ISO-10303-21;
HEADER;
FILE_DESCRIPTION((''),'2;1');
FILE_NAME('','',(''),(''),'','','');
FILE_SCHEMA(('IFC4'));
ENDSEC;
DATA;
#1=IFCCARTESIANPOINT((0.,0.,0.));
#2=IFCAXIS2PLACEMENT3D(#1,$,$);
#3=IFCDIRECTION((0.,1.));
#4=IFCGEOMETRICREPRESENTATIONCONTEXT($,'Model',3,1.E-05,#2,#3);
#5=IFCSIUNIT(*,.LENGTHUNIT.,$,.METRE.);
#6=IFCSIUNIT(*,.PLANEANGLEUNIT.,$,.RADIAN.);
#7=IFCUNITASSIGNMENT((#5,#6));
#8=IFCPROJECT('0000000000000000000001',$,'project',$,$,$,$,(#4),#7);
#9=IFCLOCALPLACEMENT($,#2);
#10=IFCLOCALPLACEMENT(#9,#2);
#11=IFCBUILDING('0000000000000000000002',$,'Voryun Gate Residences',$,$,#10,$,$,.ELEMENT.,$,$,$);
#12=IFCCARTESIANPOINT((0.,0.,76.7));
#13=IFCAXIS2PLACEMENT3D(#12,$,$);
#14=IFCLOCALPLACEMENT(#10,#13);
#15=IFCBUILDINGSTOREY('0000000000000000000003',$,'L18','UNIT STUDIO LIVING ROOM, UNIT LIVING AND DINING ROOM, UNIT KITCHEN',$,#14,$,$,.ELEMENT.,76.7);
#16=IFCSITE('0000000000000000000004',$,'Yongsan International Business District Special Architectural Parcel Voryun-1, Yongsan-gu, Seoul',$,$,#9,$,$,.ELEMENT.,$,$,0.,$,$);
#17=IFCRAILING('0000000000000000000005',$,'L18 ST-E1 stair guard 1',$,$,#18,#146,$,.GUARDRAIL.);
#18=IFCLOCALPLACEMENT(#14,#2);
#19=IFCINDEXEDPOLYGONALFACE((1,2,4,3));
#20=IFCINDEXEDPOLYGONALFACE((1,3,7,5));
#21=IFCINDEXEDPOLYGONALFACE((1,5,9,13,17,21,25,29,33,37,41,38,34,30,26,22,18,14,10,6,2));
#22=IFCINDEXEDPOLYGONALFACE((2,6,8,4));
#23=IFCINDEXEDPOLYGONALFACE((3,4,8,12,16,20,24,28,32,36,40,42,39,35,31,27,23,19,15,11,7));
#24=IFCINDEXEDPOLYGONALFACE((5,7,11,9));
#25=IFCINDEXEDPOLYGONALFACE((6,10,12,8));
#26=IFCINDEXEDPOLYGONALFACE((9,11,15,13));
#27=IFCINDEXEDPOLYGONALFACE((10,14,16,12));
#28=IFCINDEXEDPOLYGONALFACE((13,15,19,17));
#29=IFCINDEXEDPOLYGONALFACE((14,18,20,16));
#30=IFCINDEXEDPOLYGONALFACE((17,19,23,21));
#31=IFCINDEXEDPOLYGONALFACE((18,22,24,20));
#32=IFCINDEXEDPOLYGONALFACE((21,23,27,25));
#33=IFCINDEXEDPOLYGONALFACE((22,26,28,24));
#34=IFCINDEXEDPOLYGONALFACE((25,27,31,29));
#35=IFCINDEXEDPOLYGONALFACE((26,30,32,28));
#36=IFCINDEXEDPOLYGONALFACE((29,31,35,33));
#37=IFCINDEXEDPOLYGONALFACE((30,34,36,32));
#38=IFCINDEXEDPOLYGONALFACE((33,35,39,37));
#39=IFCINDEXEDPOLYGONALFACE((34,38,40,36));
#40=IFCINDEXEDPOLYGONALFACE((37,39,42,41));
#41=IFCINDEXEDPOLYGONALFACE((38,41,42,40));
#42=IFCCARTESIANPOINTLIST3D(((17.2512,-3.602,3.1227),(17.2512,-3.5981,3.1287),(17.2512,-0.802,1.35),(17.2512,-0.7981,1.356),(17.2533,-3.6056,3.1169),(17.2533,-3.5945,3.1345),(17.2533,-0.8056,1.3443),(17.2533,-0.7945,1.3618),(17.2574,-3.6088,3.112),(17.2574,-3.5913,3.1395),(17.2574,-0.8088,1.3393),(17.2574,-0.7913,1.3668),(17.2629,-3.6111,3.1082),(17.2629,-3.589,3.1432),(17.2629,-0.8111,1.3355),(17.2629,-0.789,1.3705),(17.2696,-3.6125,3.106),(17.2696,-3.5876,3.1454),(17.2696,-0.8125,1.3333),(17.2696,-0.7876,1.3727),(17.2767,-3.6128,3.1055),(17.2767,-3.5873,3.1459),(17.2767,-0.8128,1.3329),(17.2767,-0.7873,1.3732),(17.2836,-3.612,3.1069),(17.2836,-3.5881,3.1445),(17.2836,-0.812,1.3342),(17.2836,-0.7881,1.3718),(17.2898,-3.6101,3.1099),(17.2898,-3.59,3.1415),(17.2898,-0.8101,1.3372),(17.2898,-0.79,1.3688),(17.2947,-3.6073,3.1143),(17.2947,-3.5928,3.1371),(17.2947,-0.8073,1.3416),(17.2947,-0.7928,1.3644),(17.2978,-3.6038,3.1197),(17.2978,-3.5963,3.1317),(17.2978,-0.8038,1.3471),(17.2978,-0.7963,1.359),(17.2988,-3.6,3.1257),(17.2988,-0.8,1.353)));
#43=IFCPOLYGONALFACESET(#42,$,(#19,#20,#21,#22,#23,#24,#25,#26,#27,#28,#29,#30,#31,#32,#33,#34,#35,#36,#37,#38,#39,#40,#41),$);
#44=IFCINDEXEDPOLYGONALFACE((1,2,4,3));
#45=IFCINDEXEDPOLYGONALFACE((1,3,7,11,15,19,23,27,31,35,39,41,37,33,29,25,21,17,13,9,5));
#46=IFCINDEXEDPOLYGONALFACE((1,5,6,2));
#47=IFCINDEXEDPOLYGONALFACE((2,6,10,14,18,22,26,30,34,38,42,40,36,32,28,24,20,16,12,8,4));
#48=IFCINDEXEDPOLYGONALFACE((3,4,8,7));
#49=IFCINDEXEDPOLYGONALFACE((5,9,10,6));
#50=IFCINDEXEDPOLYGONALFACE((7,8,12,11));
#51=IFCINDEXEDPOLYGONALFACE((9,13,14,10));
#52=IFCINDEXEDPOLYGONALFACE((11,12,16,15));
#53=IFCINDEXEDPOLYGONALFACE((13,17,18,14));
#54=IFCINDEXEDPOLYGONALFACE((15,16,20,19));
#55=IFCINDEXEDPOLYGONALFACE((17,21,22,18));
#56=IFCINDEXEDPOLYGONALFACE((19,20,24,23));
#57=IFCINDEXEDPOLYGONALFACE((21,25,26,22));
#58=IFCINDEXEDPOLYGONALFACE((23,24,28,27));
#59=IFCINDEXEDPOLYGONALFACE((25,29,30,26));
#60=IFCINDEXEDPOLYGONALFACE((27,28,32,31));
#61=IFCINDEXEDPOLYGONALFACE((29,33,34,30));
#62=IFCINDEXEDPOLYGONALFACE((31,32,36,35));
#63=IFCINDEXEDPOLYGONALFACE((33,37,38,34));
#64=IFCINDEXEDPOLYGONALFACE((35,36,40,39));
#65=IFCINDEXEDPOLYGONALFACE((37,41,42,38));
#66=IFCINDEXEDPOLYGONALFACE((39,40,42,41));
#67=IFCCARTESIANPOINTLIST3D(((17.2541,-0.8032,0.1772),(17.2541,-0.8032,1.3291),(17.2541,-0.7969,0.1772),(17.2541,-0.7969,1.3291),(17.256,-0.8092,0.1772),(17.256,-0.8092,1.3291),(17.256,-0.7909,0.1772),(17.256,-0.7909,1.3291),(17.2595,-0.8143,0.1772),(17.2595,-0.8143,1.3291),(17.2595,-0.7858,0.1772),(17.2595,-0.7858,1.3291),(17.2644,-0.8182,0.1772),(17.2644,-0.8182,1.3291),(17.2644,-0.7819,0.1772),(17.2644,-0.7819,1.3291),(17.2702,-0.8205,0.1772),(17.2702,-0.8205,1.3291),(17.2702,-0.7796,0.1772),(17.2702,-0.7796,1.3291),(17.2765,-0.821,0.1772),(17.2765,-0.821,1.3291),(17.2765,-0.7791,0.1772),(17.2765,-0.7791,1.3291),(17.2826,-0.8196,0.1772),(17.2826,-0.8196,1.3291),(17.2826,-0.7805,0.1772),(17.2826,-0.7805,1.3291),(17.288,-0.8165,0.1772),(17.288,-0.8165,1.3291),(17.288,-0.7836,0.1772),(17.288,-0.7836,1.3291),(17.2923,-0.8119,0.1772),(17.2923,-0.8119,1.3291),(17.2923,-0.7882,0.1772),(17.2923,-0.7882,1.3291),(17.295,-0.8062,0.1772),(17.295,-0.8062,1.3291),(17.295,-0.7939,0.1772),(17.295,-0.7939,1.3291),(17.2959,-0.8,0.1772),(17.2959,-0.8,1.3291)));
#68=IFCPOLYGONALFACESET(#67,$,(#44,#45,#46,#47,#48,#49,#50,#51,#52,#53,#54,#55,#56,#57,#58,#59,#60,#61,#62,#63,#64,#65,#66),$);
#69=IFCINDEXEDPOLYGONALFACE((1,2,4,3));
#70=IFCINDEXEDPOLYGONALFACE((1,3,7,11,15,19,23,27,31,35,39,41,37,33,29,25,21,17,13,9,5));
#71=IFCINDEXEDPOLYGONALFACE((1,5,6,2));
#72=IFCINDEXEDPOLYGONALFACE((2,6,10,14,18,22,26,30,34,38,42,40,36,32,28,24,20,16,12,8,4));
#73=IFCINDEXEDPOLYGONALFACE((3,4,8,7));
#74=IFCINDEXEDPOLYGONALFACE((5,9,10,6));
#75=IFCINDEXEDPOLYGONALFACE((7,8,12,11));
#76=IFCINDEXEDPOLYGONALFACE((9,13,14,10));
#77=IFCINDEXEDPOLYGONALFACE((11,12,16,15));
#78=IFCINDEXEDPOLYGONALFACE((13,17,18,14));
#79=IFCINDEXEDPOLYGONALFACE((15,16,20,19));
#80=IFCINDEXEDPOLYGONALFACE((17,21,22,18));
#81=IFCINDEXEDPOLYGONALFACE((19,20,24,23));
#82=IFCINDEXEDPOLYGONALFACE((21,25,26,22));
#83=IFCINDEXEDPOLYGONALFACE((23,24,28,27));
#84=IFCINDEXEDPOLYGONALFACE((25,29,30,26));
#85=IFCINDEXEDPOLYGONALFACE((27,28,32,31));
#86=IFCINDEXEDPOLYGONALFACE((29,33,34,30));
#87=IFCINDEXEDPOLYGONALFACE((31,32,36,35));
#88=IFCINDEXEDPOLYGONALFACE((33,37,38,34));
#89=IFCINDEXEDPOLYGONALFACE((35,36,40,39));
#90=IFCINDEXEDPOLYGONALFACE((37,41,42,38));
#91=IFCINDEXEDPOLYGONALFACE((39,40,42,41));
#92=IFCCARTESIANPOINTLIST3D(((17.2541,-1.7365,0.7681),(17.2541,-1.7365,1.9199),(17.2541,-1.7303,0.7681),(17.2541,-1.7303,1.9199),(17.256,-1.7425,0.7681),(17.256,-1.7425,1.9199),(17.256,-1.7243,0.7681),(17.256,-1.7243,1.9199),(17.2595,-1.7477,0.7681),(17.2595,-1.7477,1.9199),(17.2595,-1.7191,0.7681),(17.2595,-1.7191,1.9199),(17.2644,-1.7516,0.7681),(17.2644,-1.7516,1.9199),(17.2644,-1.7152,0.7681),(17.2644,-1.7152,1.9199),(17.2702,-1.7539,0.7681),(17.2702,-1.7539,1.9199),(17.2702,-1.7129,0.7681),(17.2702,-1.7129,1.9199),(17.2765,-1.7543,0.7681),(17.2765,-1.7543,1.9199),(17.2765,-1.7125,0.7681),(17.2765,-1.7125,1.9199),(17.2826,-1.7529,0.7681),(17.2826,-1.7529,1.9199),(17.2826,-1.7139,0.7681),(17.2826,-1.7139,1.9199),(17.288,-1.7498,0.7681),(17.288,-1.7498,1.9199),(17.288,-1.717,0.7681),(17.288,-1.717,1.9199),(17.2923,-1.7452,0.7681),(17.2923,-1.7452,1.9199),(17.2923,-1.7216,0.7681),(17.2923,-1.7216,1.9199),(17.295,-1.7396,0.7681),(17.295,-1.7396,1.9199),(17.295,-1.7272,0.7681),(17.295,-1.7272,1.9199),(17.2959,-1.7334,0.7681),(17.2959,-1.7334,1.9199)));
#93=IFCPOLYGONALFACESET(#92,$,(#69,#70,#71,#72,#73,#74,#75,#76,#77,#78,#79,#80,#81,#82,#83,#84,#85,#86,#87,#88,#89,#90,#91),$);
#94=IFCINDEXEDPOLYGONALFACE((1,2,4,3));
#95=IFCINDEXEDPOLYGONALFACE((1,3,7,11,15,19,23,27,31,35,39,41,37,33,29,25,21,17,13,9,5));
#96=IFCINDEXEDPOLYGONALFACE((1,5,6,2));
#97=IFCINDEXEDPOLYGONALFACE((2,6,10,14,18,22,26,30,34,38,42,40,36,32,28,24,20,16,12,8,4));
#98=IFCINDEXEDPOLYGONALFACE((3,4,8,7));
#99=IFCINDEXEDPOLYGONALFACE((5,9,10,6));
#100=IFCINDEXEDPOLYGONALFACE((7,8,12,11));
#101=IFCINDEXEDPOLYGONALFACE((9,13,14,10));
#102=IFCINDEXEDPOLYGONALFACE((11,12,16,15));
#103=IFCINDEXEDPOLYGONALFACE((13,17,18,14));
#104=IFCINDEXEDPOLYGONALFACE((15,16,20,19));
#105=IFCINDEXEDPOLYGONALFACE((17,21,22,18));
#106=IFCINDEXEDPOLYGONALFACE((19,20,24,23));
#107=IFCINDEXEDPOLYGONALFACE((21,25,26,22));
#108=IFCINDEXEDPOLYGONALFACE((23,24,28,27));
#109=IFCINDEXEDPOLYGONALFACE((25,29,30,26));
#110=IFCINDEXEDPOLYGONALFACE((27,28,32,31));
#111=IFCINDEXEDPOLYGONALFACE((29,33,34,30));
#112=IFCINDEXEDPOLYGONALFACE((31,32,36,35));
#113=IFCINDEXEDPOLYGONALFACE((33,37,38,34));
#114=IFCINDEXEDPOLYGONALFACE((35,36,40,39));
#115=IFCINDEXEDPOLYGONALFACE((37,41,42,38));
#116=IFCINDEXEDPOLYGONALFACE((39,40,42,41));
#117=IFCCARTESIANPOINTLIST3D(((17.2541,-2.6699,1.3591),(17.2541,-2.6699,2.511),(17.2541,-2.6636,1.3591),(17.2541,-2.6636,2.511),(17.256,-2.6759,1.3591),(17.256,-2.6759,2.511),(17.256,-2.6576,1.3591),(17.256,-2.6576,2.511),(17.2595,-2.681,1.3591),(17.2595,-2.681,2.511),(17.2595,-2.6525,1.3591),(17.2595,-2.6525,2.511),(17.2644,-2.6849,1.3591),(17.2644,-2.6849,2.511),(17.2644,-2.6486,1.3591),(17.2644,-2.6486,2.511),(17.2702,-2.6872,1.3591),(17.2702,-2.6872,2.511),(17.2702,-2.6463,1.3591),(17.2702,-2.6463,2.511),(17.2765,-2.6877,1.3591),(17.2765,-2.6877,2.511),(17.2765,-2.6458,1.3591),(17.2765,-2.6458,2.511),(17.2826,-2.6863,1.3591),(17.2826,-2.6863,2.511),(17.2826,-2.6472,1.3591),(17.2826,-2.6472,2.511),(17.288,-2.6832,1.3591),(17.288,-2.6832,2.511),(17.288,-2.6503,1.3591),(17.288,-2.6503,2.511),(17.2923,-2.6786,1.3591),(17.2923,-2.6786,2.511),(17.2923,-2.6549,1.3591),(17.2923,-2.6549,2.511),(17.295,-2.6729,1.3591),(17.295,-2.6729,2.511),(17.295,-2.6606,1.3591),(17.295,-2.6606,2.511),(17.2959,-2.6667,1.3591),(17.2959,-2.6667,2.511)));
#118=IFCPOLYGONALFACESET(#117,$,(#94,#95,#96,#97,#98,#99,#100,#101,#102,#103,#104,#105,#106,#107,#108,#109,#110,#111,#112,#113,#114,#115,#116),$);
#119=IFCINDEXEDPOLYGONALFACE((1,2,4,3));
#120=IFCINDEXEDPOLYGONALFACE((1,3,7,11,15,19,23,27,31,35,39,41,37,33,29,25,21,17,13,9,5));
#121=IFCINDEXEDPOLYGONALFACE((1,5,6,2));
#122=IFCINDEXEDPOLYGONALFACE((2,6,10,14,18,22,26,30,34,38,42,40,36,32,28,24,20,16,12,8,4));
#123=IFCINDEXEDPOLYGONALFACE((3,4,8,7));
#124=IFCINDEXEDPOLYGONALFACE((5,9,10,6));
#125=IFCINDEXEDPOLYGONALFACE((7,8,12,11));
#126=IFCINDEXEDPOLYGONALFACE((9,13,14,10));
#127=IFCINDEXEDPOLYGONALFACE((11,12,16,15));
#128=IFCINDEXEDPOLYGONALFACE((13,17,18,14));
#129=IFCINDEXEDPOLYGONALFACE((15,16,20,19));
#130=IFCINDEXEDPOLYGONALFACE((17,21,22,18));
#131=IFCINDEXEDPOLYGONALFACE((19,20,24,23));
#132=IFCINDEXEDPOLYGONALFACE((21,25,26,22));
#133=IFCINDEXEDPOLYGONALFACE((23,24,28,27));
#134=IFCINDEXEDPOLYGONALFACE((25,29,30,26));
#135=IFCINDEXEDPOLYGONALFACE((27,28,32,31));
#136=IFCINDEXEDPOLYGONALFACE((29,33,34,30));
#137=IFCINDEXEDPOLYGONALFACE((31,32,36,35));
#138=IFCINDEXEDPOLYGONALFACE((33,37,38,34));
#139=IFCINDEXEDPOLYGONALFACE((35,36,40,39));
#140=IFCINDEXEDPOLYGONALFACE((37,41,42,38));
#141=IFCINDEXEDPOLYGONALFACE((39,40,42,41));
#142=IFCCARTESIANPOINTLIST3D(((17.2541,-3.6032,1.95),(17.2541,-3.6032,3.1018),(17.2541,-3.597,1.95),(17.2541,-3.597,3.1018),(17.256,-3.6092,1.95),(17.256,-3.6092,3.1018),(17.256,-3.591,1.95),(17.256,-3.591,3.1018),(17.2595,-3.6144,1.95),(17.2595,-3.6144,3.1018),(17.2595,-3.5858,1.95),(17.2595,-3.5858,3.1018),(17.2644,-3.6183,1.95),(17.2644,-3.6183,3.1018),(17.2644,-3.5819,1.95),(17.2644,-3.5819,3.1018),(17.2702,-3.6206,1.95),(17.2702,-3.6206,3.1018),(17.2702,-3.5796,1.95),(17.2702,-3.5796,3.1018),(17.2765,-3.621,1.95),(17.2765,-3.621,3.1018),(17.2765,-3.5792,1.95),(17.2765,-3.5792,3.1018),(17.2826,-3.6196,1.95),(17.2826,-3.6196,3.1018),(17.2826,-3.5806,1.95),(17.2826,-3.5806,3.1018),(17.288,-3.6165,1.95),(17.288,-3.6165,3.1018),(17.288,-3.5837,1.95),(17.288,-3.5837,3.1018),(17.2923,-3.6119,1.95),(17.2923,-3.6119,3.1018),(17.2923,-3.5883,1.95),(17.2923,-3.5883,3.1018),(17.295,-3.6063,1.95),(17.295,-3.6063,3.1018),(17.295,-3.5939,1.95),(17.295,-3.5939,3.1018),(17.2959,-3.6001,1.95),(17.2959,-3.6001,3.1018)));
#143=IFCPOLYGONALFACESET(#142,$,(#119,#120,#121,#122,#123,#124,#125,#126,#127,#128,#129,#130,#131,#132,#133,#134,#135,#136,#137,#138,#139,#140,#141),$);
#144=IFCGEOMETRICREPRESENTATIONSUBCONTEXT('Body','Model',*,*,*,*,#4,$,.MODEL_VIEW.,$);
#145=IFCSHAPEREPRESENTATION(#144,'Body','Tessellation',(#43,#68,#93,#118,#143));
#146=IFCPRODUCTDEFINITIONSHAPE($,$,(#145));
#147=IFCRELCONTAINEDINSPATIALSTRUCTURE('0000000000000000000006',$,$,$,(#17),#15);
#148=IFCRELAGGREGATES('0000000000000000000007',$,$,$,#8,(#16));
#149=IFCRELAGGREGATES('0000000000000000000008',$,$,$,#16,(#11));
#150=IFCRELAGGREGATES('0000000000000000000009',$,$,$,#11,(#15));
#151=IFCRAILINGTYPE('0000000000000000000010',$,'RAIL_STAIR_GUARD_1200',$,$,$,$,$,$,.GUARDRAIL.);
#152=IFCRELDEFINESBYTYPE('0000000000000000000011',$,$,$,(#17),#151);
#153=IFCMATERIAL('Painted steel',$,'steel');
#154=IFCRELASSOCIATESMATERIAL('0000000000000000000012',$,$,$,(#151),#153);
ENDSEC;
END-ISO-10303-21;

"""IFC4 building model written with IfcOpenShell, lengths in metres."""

from ifc_helpers import new_model, si_unit, direction, frame, origin, origin_2d, place, context, subcontext, project, spatial, circle, extrude, material, type_object, element, save


model = new_model("IFC4")

# Units and contexts
model_context = context("Model", 3, precision=1e-05, world=origin(), true_north=direction((0.0, 1.0)))
body_context = subcontext(model_context, "Body", "Model", "MODEL_VIEW")
ifc_project = project(units=[si_unit("LENGTHUNIT", "METRE"), si_unit("PLANEANGLEUNIT", "RADIAN")], contexts=[model_context])

# Site, building, storey
site_placement = place(None, origin())
site = spatial("IfcSite", under=ifc_project, at=site_placement, Name="Yongsan International Business District Special Architectural Parcel Voryun-1, Yongsan-gu, Seoul", CompositionType="ELEMENT", RefElevation=0.0)
building_placement = place(site_placement, origin())
building = spatial("IfcBuilding", under=site, at=building_placement, Name="Voryun Gate Residences", CompositionType="ELEMENT")
storey_placement = place(building_placement, frame((0.0, 0.0, 76.7)))
storey = spatial("IfcBuildingStorey", under=building, at=storey_placement, Name="L18", Description="UNIT STUDIO LIVING ROOM, UNIT LIVING AND DINING ROOM, UNIT KITCHEN", CompositionType="ELEMENT", Elevation=76.7)

# Railing
ifc_material_1 = material(Name="Painted steel", Category="steel")
railing_type_1 = type_object("IfcRailingType", Name="RAIL_STAIR_GUARD_1200", PredefinedType="GUARDRAIL", material=ifc_material_1)
railing_1_placement = place(storey_placement, frame((17.2749, -0.8, 0.1772)))
element("IfcRailing", 1, at=railing_1_placement, inside=storey, type_object=railing_type_1, Name="L18 ST-E1 stair guard 1", PredefinedType="GUARDRAIL", context=body_context, shape_type="SweptSolid", body=[
    extrude(circle(Radius=0.0239, at=origin_2d()), frame((0.0, 0.0, 1.1758), z_axis=(0.0, -0.844909, 0.53491), x_axis=(1.0, 0.0, 0.0)), (0.0, 0.0, 1.0), 3.314),
    extrude(circle(Radius=0.021, at=origin_2d()), origin(), (0.0, 0.0, 1.0), 1.1519),
    extrude(circle(Radius=0.021, at=origin_2d()), frame((0.0, -0.9333, 0.5908)), (0.0, 0.0, 1.0), 1.1519),
    extrude(circle(Radius=0.021, at=origin_2d()), frame((0.0, -1.8667, 1.1819)), (0.0, 0.0, 1.0), 1.1519),
    extrude(circle(Radius=0.021, at=origin_2d()), frame((0.0, -2.8, 1.7727)), (0.0, 0.0, 1.0), 1.1519),
])

save(model, "model.ifc")
